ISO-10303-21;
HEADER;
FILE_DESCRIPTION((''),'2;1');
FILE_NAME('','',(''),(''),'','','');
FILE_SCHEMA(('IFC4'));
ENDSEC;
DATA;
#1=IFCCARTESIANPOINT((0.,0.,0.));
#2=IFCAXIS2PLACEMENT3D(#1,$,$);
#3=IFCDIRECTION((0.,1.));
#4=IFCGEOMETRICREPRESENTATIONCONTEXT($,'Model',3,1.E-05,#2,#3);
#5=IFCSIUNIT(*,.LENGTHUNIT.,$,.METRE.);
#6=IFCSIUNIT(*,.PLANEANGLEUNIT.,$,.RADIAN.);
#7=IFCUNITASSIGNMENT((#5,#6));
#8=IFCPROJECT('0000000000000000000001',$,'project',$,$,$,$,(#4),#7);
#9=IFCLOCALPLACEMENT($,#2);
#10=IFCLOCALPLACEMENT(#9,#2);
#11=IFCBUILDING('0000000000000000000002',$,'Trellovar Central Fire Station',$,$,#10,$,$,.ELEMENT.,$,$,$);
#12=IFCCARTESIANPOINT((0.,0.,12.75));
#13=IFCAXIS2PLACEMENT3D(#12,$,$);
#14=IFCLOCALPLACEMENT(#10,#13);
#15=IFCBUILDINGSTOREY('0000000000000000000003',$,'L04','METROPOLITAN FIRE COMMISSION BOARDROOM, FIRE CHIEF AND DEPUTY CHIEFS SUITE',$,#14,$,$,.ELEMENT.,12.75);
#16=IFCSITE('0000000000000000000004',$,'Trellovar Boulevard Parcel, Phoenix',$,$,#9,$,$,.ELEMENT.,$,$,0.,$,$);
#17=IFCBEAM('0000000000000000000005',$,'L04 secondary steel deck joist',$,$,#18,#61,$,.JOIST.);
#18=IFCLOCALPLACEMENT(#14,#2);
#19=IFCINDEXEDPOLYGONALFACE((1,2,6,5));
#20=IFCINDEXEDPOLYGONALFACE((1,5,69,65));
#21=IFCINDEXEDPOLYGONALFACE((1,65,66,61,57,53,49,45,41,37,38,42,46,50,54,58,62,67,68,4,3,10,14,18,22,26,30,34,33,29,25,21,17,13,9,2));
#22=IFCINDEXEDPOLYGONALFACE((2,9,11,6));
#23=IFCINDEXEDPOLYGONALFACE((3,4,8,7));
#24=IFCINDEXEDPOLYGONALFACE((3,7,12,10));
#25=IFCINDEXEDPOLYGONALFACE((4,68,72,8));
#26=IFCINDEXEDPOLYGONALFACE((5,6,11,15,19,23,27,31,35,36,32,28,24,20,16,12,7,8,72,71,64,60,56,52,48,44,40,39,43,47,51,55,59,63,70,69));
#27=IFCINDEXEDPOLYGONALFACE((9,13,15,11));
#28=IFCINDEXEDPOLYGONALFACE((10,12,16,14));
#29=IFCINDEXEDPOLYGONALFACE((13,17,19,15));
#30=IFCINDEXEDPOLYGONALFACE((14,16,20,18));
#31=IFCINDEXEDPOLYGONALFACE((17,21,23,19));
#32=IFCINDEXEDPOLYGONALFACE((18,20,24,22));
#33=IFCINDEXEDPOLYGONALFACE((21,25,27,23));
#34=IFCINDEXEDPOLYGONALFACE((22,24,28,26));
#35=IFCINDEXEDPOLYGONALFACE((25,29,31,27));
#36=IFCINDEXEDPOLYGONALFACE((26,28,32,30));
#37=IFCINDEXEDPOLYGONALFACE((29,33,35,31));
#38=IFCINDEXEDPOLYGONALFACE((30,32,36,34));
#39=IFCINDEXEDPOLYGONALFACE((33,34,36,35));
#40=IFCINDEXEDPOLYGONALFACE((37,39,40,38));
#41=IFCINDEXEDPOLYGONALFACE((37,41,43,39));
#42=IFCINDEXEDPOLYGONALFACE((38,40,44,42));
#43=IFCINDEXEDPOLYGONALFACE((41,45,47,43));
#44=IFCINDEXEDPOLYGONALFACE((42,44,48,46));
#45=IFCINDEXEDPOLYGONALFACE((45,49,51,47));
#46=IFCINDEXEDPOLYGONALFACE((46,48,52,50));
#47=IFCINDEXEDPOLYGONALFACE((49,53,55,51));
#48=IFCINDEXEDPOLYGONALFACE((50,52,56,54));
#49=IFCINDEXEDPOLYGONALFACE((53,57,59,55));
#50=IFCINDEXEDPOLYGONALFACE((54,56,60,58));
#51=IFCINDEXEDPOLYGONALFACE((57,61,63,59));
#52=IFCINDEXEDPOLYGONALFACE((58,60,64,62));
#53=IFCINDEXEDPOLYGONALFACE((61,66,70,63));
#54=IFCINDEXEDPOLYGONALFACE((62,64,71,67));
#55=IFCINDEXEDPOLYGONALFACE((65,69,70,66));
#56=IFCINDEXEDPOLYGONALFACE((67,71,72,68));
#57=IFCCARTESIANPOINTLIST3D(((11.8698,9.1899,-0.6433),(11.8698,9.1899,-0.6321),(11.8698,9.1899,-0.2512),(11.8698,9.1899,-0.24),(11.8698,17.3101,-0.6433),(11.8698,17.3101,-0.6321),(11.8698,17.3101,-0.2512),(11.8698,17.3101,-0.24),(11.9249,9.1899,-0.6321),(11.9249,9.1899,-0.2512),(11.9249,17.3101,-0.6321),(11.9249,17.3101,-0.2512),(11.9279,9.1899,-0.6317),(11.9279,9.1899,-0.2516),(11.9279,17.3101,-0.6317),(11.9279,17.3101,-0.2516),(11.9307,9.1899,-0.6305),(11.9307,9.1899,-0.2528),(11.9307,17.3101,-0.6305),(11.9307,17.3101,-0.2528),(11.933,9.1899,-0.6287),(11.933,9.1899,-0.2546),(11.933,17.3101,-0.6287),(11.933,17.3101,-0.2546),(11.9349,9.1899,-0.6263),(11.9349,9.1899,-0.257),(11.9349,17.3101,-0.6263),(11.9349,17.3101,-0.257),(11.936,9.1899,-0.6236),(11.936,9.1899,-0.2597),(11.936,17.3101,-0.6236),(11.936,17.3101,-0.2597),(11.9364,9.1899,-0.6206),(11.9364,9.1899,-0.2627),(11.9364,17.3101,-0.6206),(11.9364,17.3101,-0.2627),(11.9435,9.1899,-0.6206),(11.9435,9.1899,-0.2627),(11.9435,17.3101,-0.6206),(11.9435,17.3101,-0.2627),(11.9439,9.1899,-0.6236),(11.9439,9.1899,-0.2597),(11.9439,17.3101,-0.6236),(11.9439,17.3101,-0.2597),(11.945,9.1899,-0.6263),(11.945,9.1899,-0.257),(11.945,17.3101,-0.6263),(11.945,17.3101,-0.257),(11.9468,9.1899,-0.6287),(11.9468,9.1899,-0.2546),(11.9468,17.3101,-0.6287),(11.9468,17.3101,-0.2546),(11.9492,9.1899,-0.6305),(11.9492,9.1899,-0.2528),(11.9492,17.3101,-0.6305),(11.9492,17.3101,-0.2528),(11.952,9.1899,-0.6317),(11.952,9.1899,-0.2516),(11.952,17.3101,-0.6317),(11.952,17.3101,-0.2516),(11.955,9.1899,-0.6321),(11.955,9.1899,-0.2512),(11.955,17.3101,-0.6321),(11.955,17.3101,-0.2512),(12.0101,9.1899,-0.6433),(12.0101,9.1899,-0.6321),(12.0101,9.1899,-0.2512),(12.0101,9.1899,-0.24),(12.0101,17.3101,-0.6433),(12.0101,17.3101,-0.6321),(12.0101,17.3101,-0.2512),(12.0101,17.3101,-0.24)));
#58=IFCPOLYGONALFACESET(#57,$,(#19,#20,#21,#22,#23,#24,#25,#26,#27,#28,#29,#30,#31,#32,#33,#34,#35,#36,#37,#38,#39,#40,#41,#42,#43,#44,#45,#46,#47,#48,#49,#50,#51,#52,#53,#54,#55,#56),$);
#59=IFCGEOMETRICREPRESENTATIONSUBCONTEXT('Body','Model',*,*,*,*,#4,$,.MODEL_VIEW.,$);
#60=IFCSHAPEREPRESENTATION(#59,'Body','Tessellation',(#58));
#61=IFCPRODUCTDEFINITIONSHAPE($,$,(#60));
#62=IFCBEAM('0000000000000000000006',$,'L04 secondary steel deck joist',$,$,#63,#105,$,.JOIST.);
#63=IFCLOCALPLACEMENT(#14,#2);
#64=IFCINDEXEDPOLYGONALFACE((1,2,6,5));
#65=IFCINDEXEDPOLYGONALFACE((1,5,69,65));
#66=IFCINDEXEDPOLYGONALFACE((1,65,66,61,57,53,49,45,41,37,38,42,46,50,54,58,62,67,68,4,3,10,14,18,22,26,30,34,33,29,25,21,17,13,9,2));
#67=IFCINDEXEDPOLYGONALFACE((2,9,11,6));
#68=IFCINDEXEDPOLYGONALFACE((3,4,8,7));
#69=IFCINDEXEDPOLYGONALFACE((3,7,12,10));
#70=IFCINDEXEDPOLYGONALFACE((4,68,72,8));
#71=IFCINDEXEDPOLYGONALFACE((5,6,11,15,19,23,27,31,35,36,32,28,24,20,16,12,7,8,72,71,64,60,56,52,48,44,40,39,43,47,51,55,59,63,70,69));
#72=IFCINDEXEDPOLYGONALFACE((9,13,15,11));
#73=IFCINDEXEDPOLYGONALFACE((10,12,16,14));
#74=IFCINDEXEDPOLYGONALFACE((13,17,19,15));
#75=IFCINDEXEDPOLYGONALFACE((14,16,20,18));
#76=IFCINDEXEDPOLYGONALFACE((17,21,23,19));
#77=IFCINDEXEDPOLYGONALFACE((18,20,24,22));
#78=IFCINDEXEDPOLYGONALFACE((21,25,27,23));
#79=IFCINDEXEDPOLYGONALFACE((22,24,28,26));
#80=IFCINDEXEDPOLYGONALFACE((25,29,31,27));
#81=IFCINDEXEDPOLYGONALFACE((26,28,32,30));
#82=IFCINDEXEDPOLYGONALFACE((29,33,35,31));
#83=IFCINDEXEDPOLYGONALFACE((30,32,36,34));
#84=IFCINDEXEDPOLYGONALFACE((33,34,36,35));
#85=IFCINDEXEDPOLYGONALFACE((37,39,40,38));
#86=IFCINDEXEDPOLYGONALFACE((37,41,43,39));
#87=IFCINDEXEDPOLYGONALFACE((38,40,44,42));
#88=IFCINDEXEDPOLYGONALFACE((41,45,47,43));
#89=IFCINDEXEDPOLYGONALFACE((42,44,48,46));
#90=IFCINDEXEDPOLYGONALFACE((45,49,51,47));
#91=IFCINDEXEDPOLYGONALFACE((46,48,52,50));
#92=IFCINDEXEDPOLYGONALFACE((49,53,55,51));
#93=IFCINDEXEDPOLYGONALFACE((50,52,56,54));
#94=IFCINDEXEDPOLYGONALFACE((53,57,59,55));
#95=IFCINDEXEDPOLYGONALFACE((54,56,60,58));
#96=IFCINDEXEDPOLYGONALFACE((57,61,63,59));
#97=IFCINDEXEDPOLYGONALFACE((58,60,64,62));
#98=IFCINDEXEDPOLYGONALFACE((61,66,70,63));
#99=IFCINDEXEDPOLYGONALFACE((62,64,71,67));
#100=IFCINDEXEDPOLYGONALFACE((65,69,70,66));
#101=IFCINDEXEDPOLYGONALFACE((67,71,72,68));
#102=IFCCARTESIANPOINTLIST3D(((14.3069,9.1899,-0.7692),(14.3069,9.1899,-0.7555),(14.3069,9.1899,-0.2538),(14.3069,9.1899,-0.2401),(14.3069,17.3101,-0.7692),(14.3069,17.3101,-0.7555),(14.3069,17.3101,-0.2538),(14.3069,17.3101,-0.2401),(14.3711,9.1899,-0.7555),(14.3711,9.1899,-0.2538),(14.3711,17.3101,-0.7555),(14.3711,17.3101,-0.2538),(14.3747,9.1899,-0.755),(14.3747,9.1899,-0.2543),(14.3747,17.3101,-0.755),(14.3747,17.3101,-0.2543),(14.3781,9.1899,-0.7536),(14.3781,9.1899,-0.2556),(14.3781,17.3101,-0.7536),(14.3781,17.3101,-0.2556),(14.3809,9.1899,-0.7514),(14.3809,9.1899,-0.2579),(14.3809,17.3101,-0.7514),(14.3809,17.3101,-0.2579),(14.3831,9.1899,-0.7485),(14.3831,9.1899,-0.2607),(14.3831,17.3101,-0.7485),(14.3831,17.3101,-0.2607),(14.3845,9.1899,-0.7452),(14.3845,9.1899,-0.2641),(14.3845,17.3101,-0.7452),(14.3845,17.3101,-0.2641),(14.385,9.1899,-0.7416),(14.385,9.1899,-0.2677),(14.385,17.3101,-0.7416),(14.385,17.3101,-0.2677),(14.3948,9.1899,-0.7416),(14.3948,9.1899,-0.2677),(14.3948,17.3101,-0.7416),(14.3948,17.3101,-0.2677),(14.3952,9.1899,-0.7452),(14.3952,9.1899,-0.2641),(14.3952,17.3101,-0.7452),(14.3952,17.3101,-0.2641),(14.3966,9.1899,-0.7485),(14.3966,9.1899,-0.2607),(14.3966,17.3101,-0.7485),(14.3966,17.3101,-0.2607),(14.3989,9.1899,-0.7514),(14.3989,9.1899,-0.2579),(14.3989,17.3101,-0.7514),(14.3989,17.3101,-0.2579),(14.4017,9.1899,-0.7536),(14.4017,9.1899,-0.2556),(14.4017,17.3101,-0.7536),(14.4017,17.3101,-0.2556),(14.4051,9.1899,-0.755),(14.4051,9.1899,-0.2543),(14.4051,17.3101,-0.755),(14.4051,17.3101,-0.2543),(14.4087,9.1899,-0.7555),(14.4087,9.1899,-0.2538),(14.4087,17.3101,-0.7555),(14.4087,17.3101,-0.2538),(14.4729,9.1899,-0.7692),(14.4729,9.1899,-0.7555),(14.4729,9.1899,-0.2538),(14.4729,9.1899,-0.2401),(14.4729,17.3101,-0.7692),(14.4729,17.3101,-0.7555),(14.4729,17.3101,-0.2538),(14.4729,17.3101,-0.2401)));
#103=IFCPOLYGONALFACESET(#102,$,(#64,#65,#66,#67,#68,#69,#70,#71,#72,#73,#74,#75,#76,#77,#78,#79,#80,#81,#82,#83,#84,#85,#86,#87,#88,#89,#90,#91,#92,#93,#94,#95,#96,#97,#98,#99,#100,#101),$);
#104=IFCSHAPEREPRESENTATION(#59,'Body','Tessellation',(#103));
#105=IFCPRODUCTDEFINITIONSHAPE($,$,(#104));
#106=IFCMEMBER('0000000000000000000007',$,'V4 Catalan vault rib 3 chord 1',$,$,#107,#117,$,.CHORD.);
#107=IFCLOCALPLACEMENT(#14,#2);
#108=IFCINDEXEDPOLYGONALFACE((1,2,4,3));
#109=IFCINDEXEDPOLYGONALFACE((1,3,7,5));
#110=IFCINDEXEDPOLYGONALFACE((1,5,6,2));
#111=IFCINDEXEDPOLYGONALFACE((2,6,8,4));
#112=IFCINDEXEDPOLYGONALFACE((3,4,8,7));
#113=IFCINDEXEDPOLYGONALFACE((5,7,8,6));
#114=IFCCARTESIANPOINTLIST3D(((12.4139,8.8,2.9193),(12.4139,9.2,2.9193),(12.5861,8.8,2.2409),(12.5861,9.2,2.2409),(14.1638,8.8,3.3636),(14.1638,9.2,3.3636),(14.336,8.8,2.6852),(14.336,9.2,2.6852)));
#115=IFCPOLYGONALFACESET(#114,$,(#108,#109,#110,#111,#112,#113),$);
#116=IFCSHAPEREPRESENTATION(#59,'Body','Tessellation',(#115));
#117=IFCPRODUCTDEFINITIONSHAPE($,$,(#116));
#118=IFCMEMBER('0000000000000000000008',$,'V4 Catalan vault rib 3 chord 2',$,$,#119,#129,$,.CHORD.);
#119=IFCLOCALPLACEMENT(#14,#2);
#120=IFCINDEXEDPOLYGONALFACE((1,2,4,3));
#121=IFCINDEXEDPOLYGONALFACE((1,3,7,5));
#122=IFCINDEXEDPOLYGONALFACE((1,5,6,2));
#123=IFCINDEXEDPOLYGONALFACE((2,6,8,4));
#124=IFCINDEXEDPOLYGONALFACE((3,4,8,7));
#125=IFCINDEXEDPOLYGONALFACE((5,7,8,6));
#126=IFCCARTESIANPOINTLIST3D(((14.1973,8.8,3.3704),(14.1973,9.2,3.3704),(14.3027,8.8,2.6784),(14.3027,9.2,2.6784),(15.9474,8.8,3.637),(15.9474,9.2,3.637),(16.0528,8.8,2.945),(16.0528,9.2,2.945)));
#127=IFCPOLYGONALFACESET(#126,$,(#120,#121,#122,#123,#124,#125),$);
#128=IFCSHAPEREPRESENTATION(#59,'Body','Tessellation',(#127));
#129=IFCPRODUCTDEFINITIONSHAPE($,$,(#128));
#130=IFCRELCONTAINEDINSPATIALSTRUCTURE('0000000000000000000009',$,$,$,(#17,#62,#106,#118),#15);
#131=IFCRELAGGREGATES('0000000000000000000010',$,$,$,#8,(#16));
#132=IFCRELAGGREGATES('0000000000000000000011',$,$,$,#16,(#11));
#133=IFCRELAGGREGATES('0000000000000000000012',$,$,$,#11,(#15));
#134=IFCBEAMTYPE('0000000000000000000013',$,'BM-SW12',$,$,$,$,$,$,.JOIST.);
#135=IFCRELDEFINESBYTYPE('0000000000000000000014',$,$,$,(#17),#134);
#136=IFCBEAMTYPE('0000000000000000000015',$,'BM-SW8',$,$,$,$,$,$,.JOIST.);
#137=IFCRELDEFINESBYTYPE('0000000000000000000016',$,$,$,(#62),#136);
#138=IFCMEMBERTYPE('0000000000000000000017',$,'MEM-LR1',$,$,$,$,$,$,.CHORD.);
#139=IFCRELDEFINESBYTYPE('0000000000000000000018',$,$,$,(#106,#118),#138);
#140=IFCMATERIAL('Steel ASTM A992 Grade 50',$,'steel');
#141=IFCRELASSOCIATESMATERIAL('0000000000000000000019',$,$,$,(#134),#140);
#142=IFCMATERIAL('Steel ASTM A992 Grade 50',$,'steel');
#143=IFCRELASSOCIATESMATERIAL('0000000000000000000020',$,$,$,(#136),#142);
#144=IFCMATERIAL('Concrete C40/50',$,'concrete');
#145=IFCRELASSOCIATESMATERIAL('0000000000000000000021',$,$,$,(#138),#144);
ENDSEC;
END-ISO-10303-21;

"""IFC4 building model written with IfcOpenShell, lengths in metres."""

from ifc_helpers import new_model, si_unit, direction, frame, origin, origin_2d, place, context, subcontext, project, spatial, rectangle, i_section, extrude, material, material_profile, profile_set, type_object, element, save


model = new_model("IFC4")

# Units and contexts
model_context = context("Model", 3, precision=1e-05, world=origin(), true_north=direction((0.0, 1.0)))
body_context = subcontext(model_context, "Body", "Model", "MODEL_VIEW")
ifc_project = project(units=[si_unit("LENGTHUNIT", "METRE"), si_unit("PLANEANGLEUNIT", "RADIAN")], contexts=[model_context])

# Site, building, storey
site_placement = place(None, origin())
site = spatial("IfcSite", under=ifc_project, at=site_placement, Name="Trellovar Boulevard Parcel, Phoenix", CompositionType="ELEMENT", RefElevation=0.0)
building_placement = place(site_placement, origin())
building = spatial("IfcBuilding", under=site, at=building_placement, Name="Trellovar Central Fire Station", CompositionType="ELEMENT")
storey_placement = place(building_placement, frame((0.0, 0.0, 12.75)))
storey = spatial("IfcBuildingStorey", under=building, at=storey_placement, Name="L04", Description="METROPOLITAN FIRE COMMISSION BOARDROOM, FIRE CHIEF AND DEPUTY CHIEFS SUITE", CompositionType="ELEMENT", Elevation=12.75)

# Beams
ifc_material_1 = material(Name="Steel ASTM A992 Grade 50", Category="steel")
ifc_material_profile_1 = material_profile(ifc_material_1, i_section(OverallWidth=0.1404, OverallDepth=0.4033, WebThickness=0.0071, FlangeThickness=0.0112, FilletRadius=0.0115, at=origin_2d()), Name="W16X31")
ifc_profile_set_1 = profile_set([ifc_material_profile_1], Name="Steel ASTM A992 Grade 50")
beam_type_1 = type_object("IfcBeamType", Name="BM-SW12", PredefinedType="JOIST", material=ifc_profile_set_1)
beam_1_placement = place(storey_placement, frame((11.9399, 9.1899, -0.4417), z_axis=(0.0, 1.0, 0.0), x_axis=(-1.0, 0.0, 0.0)))
element("IfcBeam", 1, at=beam_1_placement, inside=storey, type_object=beam_type_1, Name="L04 secondary steel deck joist", PredefinedType="JOIST", context=body_context, shape_type="SweptSolid", body=[
    extrude(i_section(OverallWidth=0.1404, OverallDepth=0.4033, WebThickness=0.0071, FlangeThickness=0.0112, FilletRadius=0.0115, at=origin_2d()), origin(), (0.0, 0.0, 1.0), 8.1201),
])
ifc_material_2 = material(Name="Steel ASTM A992 Grade 50", Category="steel")
ifc_material_profile_2 = material_profile(ifc_material_2, i_section(OverallWidth=0.166, OverallDepth=0.5291, WebThickness=0.0098, FlangeThickness=0.0137, FilletRadius=0.0139, at=origin_2d()), Name="W21X50")
ifc_profile_set_2 = profile_set([ifc_material_profile_2], Name="Steel ASTM A992 Grade 50")
beam_type_2 = type_object("IfcBeamType", Name="BM-SW8", PredefinedType="JOIST", material=ifc_profile_set_2)
beam_2_placement = place(storey_placement, frame((14.3899, 9.1899, -0.5046), z_axis=(0.0, 1.0, 0.0), x_axis=(-1.0, 0.0, 0.0)))
element("IfcBeam", 2, at=beam_2_placement, inside=storey, type_object=beam_type_2, Name="L04 secondary steel deck joist", PredefinedType="JOIST", context=body_context, shape_type="SweptSolid", body=[
    extrude(i_section(OverallWidth=0.166, OverallDepth=0.5291, WebThickness=0.0098, FlangeThickness=0.0137, FilletRadius=0.0139, at=origin_2d()), origin(), (0.0, 0.0, 1.0), 8.1201),
])

# Members
ifc_material_3 = material(Name="Concrete C40/50", Category="concrete")
ifc_material_profile_3 = material_profile(ifc_material_3, rectangle(XDim=0.3999, YDim=0.7, at=origin_2d()), Name="RC400X700")
ifc_profile_set_3 = profile_set([ifc_material_profile_3], Name="Concrete C40/50")
member_type_1 = type_object("IfcMemberType", Name="MEM-LR1", PredefinedType="CHORD", material=ifc_profile_set_3)
member_1_placement = place(storey_placement, frame((12.5, 9.0, 2.5801), z_axis=(0.969245, 0.0, 0.246097), x_axis=(0.0, 1.0, 0.0)))
element("IfcMember", 3, at=member_1_placement, inside=storey, type_object=member_type_1, Name="V4 Catalan vault rib 3 chord 1", PredefinedType="CHORD", context=body_context, shape_type="SweptSolid", body=[
    extrude(rectangle(XDim=0.3999, YDim=0.7, at=origin_2d()), origin(), (0.0, 0.0, 1.0), 1.8054),
])
member_2_placement = place(storey_placement, frame((14.25, 9.0, 3.0244), z_axis=(0.988594, 0.0, 0.150606), x_axis=(0.0, 1.0, 0.0)))
element("IfcMember", 4, at=member_2_placement, inside=storey, type_object=member_type_1, Name="V4 Catalan vault rib 3 chord 2", PredefinedType="CHORD", context=body_context, shape_type="SweptSolid", body=[
    extrude(rectangle(XDim=0.3999, YDim=0.7, at=origin_2d()), origin(), (0.0, 0.0, 1.0), 1.7703),
])

save(model, "model.ifc")
